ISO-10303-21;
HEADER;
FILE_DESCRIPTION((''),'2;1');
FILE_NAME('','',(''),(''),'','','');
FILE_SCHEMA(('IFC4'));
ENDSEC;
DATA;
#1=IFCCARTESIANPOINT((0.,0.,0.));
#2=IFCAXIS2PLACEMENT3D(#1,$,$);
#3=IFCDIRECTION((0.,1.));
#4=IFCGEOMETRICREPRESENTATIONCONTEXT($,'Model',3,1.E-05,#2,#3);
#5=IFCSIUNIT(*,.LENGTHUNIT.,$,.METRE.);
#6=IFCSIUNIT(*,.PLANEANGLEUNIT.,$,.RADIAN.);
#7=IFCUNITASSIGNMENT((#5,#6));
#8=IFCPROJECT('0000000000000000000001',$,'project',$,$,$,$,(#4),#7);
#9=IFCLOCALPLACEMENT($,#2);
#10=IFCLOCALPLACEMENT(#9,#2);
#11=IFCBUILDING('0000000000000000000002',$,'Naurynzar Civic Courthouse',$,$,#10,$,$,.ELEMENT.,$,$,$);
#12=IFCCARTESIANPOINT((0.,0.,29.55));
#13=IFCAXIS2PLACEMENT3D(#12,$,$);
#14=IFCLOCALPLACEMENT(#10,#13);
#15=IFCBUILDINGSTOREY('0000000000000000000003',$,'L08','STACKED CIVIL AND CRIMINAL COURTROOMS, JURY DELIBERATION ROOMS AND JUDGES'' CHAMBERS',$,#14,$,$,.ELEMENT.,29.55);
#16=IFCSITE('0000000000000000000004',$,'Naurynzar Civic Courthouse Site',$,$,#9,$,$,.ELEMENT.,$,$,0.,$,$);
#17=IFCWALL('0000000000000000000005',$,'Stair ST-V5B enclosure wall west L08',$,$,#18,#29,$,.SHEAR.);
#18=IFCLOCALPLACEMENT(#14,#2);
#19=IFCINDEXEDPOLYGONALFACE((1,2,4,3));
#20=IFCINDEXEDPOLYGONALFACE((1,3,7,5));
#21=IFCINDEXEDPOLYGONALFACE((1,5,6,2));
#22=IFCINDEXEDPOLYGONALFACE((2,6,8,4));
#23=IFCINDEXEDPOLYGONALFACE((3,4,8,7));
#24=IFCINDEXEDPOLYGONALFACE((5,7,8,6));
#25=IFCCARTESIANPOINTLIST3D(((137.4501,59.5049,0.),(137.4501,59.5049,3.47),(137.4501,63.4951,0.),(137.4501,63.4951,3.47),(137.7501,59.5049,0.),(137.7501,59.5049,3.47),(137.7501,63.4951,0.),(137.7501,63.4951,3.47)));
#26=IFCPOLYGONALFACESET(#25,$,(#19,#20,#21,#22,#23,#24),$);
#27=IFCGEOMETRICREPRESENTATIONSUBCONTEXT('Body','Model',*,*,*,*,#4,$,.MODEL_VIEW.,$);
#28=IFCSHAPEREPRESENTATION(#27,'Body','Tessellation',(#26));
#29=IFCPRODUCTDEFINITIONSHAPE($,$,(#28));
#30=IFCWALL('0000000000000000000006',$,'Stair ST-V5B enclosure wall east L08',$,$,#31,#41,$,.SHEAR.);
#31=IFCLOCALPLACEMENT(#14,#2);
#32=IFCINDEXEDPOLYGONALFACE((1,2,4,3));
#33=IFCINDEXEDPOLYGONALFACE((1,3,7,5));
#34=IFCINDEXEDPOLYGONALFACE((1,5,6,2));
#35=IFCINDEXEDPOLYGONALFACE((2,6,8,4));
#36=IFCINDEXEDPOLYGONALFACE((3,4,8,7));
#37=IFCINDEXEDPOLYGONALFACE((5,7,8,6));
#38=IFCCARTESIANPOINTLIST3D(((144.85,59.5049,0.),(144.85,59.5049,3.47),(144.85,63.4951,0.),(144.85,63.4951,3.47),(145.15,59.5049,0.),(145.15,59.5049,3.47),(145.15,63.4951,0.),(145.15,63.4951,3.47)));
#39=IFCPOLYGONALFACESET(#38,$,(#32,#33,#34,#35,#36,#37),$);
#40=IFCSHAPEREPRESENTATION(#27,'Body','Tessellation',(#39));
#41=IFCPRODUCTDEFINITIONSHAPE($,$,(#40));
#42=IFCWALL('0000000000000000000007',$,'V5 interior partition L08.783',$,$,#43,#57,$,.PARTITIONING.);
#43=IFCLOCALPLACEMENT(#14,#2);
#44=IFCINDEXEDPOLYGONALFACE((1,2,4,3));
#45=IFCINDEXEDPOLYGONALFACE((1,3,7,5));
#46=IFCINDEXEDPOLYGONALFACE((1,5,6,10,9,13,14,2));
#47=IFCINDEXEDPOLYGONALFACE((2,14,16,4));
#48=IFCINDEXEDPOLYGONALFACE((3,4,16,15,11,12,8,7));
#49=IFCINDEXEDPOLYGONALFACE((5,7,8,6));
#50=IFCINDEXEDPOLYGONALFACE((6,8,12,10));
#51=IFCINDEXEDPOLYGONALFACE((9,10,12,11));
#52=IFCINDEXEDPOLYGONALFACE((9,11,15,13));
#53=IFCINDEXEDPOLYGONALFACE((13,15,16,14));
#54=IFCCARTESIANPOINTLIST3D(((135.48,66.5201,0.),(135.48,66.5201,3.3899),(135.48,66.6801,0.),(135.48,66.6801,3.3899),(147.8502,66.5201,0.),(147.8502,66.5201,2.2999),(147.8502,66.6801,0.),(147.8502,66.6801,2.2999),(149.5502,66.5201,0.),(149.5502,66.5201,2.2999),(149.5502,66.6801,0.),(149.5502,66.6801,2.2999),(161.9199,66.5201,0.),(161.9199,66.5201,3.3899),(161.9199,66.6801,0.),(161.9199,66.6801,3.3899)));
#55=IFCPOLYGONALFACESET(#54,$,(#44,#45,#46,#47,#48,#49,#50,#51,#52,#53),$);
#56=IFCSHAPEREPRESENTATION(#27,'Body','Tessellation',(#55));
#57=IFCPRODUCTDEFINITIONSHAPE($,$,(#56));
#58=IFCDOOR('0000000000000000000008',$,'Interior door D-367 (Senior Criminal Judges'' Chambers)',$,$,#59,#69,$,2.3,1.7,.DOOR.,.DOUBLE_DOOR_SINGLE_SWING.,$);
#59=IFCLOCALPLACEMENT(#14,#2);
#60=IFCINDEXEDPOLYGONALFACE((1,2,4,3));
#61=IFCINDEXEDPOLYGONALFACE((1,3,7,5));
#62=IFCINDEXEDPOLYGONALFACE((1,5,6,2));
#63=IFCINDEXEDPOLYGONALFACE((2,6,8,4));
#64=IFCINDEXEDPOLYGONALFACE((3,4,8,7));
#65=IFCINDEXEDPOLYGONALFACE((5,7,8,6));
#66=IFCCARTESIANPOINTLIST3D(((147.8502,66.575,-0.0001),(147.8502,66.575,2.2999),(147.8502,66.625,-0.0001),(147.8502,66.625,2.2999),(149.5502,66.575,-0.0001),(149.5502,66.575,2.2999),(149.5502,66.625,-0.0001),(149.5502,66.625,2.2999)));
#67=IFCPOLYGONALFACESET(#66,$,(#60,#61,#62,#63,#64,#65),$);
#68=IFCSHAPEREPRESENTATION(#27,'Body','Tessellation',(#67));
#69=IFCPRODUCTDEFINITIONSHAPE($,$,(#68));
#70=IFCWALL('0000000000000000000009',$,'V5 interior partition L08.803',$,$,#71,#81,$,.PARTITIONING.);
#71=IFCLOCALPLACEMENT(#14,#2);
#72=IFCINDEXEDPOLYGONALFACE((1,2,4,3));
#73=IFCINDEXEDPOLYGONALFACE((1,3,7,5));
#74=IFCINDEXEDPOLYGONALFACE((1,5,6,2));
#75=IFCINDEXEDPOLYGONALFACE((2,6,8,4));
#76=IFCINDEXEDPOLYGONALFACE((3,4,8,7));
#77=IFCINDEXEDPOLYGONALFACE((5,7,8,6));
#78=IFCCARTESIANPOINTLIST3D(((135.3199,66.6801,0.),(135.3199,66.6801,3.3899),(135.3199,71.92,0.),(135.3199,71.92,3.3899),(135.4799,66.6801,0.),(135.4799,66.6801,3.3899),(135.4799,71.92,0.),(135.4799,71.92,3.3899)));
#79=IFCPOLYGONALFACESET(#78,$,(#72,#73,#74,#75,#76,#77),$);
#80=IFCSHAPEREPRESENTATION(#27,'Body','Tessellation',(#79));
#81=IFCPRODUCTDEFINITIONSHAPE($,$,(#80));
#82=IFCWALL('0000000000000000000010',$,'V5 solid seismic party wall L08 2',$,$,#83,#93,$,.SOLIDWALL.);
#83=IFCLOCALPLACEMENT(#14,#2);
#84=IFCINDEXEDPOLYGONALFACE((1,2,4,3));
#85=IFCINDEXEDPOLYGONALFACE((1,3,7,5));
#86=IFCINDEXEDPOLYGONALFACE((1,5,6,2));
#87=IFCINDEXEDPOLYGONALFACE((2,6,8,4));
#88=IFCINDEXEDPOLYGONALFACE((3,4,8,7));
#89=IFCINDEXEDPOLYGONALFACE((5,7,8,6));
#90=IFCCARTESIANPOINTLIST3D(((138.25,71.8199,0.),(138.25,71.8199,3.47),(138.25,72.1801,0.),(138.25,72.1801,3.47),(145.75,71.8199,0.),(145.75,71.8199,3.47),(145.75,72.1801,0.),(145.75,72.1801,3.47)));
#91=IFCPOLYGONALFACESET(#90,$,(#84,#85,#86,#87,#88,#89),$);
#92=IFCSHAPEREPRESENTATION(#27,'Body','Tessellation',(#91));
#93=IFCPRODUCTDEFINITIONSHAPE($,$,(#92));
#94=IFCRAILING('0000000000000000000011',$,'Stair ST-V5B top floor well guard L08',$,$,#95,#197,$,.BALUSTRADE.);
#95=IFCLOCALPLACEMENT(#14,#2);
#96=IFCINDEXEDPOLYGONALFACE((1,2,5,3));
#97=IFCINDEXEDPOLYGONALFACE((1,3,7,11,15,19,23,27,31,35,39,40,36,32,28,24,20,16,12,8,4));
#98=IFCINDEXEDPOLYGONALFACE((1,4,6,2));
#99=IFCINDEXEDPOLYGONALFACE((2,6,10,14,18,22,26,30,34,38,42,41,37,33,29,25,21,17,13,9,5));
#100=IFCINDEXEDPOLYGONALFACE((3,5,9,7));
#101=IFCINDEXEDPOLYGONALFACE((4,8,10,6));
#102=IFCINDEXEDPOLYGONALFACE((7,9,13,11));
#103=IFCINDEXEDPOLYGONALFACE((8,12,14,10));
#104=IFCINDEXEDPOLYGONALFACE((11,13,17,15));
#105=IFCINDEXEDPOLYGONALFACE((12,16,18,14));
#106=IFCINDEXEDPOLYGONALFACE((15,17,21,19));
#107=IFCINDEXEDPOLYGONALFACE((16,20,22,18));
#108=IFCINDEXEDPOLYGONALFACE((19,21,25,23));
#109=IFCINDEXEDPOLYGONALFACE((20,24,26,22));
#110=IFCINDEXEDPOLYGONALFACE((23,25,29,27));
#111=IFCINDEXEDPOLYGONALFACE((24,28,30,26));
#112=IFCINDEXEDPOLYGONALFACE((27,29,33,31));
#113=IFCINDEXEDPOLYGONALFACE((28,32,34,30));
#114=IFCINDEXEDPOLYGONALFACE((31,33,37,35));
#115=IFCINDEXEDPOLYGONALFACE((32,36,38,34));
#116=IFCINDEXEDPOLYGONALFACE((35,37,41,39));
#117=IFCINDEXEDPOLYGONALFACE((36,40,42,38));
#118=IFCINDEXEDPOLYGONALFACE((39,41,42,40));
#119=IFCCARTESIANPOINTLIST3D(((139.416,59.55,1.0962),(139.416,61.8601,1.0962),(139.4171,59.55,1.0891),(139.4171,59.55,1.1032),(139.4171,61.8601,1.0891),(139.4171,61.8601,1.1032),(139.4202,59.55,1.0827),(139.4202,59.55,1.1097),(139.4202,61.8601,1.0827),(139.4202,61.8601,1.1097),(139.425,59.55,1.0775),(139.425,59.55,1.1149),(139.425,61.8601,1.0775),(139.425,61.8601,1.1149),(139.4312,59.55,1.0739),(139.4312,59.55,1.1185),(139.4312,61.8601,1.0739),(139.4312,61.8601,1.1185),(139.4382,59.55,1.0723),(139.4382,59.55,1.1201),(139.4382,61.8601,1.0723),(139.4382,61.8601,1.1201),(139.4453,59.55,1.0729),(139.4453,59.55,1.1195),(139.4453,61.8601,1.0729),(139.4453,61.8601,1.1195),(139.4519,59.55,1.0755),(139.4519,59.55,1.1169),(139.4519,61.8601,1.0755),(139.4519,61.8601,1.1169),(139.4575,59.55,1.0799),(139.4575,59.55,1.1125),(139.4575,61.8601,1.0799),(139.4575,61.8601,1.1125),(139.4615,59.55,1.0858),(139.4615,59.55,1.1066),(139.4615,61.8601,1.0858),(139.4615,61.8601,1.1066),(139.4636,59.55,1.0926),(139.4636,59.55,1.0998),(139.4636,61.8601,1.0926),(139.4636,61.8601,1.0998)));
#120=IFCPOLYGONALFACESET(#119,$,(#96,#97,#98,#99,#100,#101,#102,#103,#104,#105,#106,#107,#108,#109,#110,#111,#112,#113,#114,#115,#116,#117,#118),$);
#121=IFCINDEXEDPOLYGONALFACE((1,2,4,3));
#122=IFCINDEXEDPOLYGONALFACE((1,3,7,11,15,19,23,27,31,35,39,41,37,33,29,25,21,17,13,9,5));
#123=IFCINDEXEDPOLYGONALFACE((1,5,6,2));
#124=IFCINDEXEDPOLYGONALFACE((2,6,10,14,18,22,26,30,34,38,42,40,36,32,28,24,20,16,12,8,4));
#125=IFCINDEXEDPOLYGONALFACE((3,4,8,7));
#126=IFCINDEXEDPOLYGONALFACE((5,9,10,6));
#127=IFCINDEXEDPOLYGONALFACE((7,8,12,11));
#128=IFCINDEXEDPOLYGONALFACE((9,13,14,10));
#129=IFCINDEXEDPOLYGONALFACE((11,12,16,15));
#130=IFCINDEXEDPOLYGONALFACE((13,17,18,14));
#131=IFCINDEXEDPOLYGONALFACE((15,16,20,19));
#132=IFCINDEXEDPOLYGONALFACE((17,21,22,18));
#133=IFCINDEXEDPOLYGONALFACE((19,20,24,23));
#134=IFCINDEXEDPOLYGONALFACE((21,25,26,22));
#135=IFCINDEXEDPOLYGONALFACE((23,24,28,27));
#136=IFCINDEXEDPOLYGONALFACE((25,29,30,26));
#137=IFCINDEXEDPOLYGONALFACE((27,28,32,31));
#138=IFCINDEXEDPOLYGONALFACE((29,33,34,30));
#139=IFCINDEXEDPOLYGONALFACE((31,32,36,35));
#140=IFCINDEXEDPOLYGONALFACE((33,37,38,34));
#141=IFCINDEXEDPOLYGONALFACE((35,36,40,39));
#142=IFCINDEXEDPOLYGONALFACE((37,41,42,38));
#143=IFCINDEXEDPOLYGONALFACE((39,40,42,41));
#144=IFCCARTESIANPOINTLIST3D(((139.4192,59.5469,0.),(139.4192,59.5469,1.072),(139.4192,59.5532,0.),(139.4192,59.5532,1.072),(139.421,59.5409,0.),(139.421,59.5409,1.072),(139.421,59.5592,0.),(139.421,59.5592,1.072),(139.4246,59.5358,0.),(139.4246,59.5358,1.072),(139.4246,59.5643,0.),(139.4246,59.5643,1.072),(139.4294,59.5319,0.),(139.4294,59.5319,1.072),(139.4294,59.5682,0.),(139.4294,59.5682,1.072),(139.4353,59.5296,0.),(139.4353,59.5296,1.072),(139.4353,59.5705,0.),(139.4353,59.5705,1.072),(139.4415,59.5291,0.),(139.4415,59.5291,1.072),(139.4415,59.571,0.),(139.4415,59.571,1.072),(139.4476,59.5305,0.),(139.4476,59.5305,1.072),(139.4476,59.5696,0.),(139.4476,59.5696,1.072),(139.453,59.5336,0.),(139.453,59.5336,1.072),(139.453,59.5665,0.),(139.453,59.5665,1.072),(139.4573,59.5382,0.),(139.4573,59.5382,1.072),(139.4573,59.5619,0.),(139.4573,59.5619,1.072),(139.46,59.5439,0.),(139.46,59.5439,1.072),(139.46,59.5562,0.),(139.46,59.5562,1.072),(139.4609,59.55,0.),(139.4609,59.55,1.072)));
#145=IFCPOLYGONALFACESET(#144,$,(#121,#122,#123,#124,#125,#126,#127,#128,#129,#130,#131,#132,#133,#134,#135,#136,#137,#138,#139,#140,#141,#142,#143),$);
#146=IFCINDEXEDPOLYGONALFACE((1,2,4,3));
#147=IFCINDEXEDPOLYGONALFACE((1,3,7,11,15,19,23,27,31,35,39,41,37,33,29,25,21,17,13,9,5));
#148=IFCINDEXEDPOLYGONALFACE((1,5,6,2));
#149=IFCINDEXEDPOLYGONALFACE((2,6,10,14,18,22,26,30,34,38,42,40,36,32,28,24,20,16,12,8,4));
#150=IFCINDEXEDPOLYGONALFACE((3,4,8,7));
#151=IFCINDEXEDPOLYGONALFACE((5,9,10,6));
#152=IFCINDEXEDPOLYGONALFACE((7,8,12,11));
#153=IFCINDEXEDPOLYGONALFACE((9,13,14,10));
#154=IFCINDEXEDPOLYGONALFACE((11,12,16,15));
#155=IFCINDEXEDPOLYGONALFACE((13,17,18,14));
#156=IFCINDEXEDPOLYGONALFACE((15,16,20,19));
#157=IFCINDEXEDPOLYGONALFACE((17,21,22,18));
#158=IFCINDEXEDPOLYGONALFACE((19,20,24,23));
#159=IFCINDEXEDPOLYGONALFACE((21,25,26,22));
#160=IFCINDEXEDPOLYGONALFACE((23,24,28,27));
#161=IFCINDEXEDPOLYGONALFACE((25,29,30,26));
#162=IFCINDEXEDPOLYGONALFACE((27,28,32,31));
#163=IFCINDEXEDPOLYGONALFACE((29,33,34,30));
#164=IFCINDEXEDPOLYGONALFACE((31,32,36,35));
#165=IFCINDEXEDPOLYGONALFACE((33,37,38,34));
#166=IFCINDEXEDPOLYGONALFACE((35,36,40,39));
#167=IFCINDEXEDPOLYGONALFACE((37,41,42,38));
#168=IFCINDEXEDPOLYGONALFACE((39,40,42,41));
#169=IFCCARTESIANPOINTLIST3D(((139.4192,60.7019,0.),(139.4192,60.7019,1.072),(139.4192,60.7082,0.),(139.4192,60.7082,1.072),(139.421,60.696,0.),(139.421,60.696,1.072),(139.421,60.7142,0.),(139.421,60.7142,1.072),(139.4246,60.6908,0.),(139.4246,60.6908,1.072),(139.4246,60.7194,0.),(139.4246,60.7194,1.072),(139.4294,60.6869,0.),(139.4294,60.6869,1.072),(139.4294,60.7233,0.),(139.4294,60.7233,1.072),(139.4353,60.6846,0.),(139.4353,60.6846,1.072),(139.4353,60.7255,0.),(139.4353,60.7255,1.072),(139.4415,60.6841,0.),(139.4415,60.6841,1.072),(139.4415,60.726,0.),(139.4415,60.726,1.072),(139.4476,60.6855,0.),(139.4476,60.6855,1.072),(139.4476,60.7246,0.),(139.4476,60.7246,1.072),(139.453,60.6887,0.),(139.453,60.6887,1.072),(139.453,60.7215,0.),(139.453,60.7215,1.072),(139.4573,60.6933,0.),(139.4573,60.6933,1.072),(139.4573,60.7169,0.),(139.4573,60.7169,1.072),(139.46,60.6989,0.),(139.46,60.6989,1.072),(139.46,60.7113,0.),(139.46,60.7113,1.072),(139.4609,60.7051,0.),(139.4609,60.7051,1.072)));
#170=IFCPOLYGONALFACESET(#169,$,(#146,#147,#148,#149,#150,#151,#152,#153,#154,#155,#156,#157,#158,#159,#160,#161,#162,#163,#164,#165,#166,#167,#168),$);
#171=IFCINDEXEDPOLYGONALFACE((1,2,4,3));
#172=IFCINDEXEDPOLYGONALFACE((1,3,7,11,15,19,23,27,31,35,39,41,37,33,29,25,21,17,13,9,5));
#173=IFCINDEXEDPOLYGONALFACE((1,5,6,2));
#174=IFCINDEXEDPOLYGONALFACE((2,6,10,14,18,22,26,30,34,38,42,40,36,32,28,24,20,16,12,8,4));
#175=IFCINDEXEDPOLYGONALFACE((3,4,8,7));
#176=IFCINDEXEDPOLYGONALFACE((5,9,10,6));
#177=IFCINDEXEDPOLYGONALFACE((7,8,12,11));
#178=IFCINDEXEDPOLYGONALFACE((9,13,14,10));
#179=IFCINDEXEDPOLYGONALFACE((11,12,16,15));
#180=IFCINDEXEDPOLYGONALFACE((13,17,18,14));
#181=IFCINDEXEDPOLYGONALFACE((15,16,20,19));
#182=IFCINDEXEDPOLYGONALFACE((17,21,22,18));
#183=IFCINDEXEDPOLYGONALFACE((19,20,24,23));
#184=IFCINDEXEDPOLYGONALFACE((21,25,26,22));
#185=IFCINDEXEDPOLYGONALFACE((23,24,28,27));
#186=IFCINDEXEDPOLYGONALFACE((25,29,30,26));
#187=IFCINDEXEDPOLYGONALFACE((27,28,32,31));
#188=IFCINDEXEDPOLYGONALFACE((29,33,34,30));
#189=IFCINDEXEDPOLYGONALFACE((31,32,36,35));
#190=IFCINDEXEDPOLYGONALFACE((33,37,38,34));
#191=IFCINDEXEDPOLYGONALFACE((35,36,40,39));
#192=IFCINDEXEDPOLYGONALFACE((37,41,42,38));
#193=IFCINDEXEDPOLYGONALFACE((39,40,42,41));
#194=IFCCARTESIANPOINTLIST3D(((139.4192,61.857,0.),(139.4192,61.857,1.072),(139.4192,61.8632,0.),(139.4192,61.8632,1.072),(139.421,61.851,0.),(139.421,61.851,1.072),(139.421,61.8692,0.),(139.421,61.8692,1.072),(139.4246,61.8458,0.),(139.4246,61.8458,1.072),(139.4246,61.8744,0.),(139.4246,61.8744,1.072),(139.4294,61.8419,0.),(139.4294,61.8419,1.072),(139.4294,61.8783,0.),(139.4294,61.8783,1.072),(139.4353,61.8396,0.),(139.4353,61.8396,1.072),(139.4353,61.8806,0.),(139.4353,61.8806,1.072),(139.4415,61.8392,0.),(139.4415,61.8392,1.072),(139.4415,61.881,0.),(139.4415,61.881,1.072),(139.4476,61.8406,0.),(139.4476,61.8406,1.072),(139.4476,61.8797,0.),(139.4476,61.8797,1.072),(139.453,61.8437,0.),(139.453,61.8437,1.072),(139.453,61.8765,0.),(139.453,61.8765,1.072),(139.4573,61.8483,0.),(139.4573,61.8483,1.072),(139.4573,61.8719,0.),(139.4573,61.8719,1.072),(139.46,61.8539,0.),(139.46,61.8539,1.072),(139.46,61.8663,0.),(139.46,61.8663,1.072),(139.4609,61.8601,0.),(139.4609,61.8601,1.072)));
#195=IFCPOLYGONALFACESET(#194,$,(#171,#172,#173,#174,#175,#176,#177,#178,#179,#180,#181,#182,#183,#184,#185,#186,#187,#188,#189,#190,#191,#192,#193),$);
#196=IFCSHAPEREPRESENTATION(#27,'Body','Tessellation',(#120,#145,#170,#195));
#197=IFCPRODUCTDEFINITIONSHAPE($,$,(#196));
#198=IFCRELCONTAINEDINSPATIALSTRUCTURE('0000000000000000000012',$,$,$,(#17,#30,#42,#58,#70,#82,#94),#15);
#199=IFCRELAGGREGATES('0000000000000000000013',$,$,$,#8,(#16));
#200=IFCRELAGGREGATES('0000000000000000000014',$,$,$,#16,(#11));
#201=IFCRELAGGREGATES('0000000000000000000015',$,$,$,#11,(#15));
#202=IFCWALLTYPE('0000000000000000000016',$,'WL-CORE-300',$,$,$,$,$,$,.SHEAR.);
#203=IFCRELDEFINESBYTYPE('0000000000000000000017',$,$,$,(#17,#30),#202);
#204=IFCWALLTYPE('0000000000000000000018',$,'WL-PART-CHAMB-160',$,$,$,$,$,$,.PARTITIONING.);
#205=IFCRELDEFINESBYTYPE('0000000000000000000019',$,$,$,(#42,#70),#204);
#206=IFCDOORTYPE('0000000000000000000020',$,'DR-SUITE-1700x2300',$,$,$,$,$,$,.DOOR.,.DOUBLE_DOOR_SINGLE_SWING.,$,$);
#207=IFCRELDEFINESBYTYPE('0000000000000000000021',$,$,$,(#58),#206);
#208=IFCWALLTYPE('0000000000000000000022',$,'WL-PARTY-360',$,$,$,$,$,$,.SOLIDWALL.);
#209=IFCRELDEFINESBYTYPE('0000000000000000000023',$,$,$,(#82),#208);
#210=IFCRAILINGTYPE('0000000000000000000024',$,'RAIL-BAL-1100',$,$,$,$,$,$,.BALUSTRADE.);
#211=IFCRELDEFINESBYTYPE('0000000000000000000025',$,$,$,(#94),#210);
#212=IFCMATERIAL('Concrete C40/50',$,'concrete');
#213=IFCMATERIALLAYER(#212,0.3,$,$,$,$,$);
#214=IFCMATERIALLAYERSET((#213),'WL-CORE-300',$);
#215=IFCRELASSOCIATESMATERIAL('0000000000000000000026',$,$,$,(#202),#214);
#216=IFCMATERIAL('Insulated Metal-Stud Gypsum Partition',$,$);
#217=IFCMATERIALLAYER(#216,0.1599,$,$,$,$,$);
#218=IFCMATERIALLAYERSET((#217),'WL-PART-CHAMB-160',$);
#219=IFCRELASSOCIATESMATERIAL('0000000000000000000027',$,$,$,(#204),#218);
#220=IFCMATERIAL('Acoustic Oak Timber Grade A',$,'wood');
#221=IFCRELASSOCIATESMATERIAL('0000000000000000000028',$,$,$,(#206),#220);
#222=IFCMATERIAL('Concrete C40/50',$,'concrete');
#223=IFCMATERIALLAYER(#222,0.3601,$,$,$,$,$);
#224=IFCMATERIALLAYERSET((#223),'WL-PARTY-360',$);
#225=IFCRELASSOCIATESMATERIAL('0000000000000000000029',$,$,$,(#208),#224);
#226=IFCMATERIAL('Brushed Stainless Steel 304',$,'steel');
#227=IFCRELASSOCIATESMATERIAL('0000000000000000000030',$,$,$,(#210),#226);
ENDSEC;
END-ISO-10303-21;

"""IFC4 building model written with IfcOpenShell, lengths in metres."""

from ifc_helpers import new_model, si_unit, direction, frame, frame_2d, origin, origin_2d, place, context, subcontext, project, spatial, rectangle, circle, extrude, material, layer, layer_set, type_object, element, fill, save


model = new_model("IFC4")

# Units and contexts
model_context = context("Model", 3, precision=1e-05, world=origin(), true_north=direction((0.0, 1.0)))
body_context = subcontext(model_context, "Body", "Model", "MODEL_VIEW")
ifc_project = project(units=[si_unit("LENGTHUNIT", "METRE"), si_unit("PLANEANGLEUNIT", "RADIAN")], contexts=[model_context])

# Site, building, storey
site_placement = place(None, origin())
site = spatial("IfcSite", under=ifc_project, at=site_placement, Name="Naurynzar Civic Courthouse Site", CompositionType="ELEMENT", RefElevation=0.0)
building_placement = place(site_placement, origin())
building = spatial("IfcBuilding", under=site, at=building_placement, Name="Naurynzar Civic Courthouse", CompositionType="ELEMENT")
storey_placement = place(building_placement, frame((0.0, 0.0, 29.55)))
storey = spatial("IfcBuildingStorey", under=building, at=storey_placement, Name="L08", Description="STACKED CIVIL AND CRIMINAL COURTROOMS, JURY DELIBERATION ROOMS AND JUDGES' CHAMBERS", CompositionType="ELEMENT", Elevation=29.55)

# Shared definitions
ifc_material_1 = material(Name="Concrete C40/50", Category="concrete")
ifc_layer_1 = layer(ifc_material_1, 0.3)
ifc_layer_set_1 = layer_set([ifc_layer_1], Name="WL-CORE-300")
wall_type_1 = type_object("IfcWallType", Name="WL-CORE-300", PredefinedType="SHEAR", material=ifc_layer_set_1)

# Walls
for number, where, z_axis, x_axis, name in (
    (1, (137.6001, 63.4951, 0.0), (0.0, 0.0, 1.0), (0.0, -1.0, 0.0), "Stair ST-V5B enclosure wall west L08"),
    (2, (145.0, 59.5049, 0.0), (0.0, 0.0, 1.0), (0.0, 1.0, 0.0), "Stair ST-V5B enclosure wall east L08"),
):
    element("IfcWall", number, at=place(storey_placement, frame(where, z_axis=z_axis, x_axis=x_axis)), inside=storey, type_object=wall_type_1, Name=name, PredefinedType="SHEAR", context=body_context, shape_type="SweptSolid", body=[
        extrude(rectangle(XDim=3.9902, YDim=0.3, at=frame_2d((1.9951, 0.0))), origin(), (0.0, 0.0, 1.0), 3.47),
    ])

# Wall, opening, door
ifc_material_2 = material(Name="Insulated Metal-Stud Gypsum Partition")
ifc_layer_2 = layer(ifc_material_2, 0.1599)
ifc_layer_set_2 = layer_set([ifc_layer_2], Name="WL-PART-CHAMB-160")
wall_type_2 = type_object("IfcWallType", Name="WL-PART-CHAMB-160", PredefinedType="PARTITIONING", material=ifc_layer_set_2)
wall_1_placement = place(storey_placement, frame((135.48, 66.6001, 0.0), z_axis=(0.0, 0.0, 1.0), x_axis=(1.0, 0.0, 0.0)))
wall_1 = element("IfcWall", 3, at=wall_1_placement, inside=storey, type_object=wall_type_2, Name="V5 interior partition L08.783", PredefinedType="PARTITIONING", context=body_context, shape_type="SweptSolid", body=[
    extrude(rectangle(XDim=26.4399, YDim=0.1599, at=frame_2d((13.22, 0.0))), origin(), (0.0, 0.0, 1.0), 3.3899),
])
opening_1_placement = place(wall_1_placement, frame((12.3701, 0.0, 0.0)))
opening_1 = element("IfcOpeningElement", 4, at=opening_1_placement, cuts=wall_1, PredefinedType="OPENING", context=body_context, shape_type="SweptSolid", body=[
    extrude(rectangle(XDim=1.7, YDim=2.3, at=frame_2d((0.8501, 1.1499))), frame((0.0, 0.0898, 0.0), z_axis=(0.0, -1.0, 0.0), x_axis=(1.0, 0.0, 0.0)), (0.0, 0.0, 1.0), 0.1799),
])
ifc_material_3 = material(Name="Acoustic Oak Timber Grade A", Category="wood")
door_type_1 = type_object("IfcDoorType", Name="DR-SUITE-1700x2300", OperationType="DOUBLE_DOOR_SINGLE_SWING", PredefinedType="DOOR", material=ifc_material_3)
door_1_placement = place(opening_1_placement, origin())
door_1 = element("IfcDoor", 5, at=door_1_placement, inside=storey, type_object=door_type_1, Name="Interior door D-367 (Senior Criminal Judges' Chambers)", OperationType="DOUBLE_DOOR_SINGLE_SWING", OverallHeight=2.3, OverallWidth=1.7, PredefinedType="DOOR", context=body_context, shape_type="SweptSolid", body=[
    extrude(rectangle(XDim=1.7, YDim=2.3, at=frame_2d((0.8501, 1.1499))), frame((0.0, 0.0249, 0.0), z_axis=(0.0, -1.0, 0.0), x_axis=(1.0, 0.0, 0.0)), (0.0, 0.0, 1.0), 0.05),
])
fill(opening_1, door_1)

# Walls
wall_2_placement = place(storey_placement, frame((135.3999, 66.6799, 0.0), z_axis=(0.0, 0.0, 1.0), x_axis=(0.0, 1.0, 0.0)))
element("IfcWall", 6, at=wall_2_placement, inside=storey, type_object=wall_type_2, Name="V5 interior partition L08.803", PredefinedType="PARTITIONING", context=body_context, shape_type="SweptSolid", body=[
    extrude(rectangle(XDim=5.24, YDim=0.1599, at=frame_2d((2.6201, 0.0))), origin(), (0.0, 0.0, 1.0), 3.3899),
])
ifc_material_4 = material(Name="Concrete C40/50", Category="concrete")
ifc_layer_3 = layer(ifc_material_4, 0.3601)
ifc_layer_set_3 = layer_set([ifc_layer_3], Name="WL-PARTY-360")
wall_type_3 = type_object("IfcWallType", Name="WL-PARTY-360", PredefinedType="SOLIDWALL", material=ifc_layer_set_3)
wall_3_placement = place(storey_placement, frame((138.25, 72.0, 0.0), z_axis=(0.0, 0.0, 1.0), x_axis=(1.0, 0.0, 0.0)))
element("IfcWall", 7, at=wall_3_placement, inside=storey, type_object=wall_type_3, Name="V5 solid seismic party wall L08 2", PredefinedType="SOLIDWALL", context=body_context, shape_type="SweptSolid", body=[
    extrude(rectangle(XDim=7.5, YDim=0.3601, at=frame_2d((3.75, 0.0))), origin(), (0.0, 0.0, 1.0), 3.47),
])

# Railing
ifc_material_5 = material(Name="Brushed Stainless Steel 304", Category="steel")
railing_type = type_object("IfcRailingType", Name="RAIL-BAL-1100", PredefinedType="BALUSTRADE", material=ifc_material_5)
railing_placement = place(storey_placement, frame((139.4399, 59.55, 0.0)))
element("IfcRailing", 8, at=railing_placement, inside=storey, type_object=railing_type, Name="Stair ST-V5B top floor well guard L08", PredefinedType="BALUSTRADE", context=body_context, shape_type="SweptSolid", body=[
    extrude(circle(Radius=0.0239, at=origin_2d()), frame((0.0, 0.0, 1.0962), z_axis=(0.0, 1.0, 0.0), x_axis=(-1.0, 0.0, 0.0)), (0.0, 0.0, 1.0), 2.3101),
    extrude(circle(Radius=0.021, at=origin_2d()), origin(), (0.0, 0.0, 1.0), 1.072),
    extrude(circle(Radius=0.021, at=origin_2d()), frame((0.0, 1.155, 0.0)), (0.0, 0.0, 1.0), 1.072),
    extrude(circle(Radius=0.021, at=origin_2d()), frame((0.0, 2.3101, 0.0)), (0.0, 0.0, 1.0), 1.072),
])

save(model, "model.ifc")
